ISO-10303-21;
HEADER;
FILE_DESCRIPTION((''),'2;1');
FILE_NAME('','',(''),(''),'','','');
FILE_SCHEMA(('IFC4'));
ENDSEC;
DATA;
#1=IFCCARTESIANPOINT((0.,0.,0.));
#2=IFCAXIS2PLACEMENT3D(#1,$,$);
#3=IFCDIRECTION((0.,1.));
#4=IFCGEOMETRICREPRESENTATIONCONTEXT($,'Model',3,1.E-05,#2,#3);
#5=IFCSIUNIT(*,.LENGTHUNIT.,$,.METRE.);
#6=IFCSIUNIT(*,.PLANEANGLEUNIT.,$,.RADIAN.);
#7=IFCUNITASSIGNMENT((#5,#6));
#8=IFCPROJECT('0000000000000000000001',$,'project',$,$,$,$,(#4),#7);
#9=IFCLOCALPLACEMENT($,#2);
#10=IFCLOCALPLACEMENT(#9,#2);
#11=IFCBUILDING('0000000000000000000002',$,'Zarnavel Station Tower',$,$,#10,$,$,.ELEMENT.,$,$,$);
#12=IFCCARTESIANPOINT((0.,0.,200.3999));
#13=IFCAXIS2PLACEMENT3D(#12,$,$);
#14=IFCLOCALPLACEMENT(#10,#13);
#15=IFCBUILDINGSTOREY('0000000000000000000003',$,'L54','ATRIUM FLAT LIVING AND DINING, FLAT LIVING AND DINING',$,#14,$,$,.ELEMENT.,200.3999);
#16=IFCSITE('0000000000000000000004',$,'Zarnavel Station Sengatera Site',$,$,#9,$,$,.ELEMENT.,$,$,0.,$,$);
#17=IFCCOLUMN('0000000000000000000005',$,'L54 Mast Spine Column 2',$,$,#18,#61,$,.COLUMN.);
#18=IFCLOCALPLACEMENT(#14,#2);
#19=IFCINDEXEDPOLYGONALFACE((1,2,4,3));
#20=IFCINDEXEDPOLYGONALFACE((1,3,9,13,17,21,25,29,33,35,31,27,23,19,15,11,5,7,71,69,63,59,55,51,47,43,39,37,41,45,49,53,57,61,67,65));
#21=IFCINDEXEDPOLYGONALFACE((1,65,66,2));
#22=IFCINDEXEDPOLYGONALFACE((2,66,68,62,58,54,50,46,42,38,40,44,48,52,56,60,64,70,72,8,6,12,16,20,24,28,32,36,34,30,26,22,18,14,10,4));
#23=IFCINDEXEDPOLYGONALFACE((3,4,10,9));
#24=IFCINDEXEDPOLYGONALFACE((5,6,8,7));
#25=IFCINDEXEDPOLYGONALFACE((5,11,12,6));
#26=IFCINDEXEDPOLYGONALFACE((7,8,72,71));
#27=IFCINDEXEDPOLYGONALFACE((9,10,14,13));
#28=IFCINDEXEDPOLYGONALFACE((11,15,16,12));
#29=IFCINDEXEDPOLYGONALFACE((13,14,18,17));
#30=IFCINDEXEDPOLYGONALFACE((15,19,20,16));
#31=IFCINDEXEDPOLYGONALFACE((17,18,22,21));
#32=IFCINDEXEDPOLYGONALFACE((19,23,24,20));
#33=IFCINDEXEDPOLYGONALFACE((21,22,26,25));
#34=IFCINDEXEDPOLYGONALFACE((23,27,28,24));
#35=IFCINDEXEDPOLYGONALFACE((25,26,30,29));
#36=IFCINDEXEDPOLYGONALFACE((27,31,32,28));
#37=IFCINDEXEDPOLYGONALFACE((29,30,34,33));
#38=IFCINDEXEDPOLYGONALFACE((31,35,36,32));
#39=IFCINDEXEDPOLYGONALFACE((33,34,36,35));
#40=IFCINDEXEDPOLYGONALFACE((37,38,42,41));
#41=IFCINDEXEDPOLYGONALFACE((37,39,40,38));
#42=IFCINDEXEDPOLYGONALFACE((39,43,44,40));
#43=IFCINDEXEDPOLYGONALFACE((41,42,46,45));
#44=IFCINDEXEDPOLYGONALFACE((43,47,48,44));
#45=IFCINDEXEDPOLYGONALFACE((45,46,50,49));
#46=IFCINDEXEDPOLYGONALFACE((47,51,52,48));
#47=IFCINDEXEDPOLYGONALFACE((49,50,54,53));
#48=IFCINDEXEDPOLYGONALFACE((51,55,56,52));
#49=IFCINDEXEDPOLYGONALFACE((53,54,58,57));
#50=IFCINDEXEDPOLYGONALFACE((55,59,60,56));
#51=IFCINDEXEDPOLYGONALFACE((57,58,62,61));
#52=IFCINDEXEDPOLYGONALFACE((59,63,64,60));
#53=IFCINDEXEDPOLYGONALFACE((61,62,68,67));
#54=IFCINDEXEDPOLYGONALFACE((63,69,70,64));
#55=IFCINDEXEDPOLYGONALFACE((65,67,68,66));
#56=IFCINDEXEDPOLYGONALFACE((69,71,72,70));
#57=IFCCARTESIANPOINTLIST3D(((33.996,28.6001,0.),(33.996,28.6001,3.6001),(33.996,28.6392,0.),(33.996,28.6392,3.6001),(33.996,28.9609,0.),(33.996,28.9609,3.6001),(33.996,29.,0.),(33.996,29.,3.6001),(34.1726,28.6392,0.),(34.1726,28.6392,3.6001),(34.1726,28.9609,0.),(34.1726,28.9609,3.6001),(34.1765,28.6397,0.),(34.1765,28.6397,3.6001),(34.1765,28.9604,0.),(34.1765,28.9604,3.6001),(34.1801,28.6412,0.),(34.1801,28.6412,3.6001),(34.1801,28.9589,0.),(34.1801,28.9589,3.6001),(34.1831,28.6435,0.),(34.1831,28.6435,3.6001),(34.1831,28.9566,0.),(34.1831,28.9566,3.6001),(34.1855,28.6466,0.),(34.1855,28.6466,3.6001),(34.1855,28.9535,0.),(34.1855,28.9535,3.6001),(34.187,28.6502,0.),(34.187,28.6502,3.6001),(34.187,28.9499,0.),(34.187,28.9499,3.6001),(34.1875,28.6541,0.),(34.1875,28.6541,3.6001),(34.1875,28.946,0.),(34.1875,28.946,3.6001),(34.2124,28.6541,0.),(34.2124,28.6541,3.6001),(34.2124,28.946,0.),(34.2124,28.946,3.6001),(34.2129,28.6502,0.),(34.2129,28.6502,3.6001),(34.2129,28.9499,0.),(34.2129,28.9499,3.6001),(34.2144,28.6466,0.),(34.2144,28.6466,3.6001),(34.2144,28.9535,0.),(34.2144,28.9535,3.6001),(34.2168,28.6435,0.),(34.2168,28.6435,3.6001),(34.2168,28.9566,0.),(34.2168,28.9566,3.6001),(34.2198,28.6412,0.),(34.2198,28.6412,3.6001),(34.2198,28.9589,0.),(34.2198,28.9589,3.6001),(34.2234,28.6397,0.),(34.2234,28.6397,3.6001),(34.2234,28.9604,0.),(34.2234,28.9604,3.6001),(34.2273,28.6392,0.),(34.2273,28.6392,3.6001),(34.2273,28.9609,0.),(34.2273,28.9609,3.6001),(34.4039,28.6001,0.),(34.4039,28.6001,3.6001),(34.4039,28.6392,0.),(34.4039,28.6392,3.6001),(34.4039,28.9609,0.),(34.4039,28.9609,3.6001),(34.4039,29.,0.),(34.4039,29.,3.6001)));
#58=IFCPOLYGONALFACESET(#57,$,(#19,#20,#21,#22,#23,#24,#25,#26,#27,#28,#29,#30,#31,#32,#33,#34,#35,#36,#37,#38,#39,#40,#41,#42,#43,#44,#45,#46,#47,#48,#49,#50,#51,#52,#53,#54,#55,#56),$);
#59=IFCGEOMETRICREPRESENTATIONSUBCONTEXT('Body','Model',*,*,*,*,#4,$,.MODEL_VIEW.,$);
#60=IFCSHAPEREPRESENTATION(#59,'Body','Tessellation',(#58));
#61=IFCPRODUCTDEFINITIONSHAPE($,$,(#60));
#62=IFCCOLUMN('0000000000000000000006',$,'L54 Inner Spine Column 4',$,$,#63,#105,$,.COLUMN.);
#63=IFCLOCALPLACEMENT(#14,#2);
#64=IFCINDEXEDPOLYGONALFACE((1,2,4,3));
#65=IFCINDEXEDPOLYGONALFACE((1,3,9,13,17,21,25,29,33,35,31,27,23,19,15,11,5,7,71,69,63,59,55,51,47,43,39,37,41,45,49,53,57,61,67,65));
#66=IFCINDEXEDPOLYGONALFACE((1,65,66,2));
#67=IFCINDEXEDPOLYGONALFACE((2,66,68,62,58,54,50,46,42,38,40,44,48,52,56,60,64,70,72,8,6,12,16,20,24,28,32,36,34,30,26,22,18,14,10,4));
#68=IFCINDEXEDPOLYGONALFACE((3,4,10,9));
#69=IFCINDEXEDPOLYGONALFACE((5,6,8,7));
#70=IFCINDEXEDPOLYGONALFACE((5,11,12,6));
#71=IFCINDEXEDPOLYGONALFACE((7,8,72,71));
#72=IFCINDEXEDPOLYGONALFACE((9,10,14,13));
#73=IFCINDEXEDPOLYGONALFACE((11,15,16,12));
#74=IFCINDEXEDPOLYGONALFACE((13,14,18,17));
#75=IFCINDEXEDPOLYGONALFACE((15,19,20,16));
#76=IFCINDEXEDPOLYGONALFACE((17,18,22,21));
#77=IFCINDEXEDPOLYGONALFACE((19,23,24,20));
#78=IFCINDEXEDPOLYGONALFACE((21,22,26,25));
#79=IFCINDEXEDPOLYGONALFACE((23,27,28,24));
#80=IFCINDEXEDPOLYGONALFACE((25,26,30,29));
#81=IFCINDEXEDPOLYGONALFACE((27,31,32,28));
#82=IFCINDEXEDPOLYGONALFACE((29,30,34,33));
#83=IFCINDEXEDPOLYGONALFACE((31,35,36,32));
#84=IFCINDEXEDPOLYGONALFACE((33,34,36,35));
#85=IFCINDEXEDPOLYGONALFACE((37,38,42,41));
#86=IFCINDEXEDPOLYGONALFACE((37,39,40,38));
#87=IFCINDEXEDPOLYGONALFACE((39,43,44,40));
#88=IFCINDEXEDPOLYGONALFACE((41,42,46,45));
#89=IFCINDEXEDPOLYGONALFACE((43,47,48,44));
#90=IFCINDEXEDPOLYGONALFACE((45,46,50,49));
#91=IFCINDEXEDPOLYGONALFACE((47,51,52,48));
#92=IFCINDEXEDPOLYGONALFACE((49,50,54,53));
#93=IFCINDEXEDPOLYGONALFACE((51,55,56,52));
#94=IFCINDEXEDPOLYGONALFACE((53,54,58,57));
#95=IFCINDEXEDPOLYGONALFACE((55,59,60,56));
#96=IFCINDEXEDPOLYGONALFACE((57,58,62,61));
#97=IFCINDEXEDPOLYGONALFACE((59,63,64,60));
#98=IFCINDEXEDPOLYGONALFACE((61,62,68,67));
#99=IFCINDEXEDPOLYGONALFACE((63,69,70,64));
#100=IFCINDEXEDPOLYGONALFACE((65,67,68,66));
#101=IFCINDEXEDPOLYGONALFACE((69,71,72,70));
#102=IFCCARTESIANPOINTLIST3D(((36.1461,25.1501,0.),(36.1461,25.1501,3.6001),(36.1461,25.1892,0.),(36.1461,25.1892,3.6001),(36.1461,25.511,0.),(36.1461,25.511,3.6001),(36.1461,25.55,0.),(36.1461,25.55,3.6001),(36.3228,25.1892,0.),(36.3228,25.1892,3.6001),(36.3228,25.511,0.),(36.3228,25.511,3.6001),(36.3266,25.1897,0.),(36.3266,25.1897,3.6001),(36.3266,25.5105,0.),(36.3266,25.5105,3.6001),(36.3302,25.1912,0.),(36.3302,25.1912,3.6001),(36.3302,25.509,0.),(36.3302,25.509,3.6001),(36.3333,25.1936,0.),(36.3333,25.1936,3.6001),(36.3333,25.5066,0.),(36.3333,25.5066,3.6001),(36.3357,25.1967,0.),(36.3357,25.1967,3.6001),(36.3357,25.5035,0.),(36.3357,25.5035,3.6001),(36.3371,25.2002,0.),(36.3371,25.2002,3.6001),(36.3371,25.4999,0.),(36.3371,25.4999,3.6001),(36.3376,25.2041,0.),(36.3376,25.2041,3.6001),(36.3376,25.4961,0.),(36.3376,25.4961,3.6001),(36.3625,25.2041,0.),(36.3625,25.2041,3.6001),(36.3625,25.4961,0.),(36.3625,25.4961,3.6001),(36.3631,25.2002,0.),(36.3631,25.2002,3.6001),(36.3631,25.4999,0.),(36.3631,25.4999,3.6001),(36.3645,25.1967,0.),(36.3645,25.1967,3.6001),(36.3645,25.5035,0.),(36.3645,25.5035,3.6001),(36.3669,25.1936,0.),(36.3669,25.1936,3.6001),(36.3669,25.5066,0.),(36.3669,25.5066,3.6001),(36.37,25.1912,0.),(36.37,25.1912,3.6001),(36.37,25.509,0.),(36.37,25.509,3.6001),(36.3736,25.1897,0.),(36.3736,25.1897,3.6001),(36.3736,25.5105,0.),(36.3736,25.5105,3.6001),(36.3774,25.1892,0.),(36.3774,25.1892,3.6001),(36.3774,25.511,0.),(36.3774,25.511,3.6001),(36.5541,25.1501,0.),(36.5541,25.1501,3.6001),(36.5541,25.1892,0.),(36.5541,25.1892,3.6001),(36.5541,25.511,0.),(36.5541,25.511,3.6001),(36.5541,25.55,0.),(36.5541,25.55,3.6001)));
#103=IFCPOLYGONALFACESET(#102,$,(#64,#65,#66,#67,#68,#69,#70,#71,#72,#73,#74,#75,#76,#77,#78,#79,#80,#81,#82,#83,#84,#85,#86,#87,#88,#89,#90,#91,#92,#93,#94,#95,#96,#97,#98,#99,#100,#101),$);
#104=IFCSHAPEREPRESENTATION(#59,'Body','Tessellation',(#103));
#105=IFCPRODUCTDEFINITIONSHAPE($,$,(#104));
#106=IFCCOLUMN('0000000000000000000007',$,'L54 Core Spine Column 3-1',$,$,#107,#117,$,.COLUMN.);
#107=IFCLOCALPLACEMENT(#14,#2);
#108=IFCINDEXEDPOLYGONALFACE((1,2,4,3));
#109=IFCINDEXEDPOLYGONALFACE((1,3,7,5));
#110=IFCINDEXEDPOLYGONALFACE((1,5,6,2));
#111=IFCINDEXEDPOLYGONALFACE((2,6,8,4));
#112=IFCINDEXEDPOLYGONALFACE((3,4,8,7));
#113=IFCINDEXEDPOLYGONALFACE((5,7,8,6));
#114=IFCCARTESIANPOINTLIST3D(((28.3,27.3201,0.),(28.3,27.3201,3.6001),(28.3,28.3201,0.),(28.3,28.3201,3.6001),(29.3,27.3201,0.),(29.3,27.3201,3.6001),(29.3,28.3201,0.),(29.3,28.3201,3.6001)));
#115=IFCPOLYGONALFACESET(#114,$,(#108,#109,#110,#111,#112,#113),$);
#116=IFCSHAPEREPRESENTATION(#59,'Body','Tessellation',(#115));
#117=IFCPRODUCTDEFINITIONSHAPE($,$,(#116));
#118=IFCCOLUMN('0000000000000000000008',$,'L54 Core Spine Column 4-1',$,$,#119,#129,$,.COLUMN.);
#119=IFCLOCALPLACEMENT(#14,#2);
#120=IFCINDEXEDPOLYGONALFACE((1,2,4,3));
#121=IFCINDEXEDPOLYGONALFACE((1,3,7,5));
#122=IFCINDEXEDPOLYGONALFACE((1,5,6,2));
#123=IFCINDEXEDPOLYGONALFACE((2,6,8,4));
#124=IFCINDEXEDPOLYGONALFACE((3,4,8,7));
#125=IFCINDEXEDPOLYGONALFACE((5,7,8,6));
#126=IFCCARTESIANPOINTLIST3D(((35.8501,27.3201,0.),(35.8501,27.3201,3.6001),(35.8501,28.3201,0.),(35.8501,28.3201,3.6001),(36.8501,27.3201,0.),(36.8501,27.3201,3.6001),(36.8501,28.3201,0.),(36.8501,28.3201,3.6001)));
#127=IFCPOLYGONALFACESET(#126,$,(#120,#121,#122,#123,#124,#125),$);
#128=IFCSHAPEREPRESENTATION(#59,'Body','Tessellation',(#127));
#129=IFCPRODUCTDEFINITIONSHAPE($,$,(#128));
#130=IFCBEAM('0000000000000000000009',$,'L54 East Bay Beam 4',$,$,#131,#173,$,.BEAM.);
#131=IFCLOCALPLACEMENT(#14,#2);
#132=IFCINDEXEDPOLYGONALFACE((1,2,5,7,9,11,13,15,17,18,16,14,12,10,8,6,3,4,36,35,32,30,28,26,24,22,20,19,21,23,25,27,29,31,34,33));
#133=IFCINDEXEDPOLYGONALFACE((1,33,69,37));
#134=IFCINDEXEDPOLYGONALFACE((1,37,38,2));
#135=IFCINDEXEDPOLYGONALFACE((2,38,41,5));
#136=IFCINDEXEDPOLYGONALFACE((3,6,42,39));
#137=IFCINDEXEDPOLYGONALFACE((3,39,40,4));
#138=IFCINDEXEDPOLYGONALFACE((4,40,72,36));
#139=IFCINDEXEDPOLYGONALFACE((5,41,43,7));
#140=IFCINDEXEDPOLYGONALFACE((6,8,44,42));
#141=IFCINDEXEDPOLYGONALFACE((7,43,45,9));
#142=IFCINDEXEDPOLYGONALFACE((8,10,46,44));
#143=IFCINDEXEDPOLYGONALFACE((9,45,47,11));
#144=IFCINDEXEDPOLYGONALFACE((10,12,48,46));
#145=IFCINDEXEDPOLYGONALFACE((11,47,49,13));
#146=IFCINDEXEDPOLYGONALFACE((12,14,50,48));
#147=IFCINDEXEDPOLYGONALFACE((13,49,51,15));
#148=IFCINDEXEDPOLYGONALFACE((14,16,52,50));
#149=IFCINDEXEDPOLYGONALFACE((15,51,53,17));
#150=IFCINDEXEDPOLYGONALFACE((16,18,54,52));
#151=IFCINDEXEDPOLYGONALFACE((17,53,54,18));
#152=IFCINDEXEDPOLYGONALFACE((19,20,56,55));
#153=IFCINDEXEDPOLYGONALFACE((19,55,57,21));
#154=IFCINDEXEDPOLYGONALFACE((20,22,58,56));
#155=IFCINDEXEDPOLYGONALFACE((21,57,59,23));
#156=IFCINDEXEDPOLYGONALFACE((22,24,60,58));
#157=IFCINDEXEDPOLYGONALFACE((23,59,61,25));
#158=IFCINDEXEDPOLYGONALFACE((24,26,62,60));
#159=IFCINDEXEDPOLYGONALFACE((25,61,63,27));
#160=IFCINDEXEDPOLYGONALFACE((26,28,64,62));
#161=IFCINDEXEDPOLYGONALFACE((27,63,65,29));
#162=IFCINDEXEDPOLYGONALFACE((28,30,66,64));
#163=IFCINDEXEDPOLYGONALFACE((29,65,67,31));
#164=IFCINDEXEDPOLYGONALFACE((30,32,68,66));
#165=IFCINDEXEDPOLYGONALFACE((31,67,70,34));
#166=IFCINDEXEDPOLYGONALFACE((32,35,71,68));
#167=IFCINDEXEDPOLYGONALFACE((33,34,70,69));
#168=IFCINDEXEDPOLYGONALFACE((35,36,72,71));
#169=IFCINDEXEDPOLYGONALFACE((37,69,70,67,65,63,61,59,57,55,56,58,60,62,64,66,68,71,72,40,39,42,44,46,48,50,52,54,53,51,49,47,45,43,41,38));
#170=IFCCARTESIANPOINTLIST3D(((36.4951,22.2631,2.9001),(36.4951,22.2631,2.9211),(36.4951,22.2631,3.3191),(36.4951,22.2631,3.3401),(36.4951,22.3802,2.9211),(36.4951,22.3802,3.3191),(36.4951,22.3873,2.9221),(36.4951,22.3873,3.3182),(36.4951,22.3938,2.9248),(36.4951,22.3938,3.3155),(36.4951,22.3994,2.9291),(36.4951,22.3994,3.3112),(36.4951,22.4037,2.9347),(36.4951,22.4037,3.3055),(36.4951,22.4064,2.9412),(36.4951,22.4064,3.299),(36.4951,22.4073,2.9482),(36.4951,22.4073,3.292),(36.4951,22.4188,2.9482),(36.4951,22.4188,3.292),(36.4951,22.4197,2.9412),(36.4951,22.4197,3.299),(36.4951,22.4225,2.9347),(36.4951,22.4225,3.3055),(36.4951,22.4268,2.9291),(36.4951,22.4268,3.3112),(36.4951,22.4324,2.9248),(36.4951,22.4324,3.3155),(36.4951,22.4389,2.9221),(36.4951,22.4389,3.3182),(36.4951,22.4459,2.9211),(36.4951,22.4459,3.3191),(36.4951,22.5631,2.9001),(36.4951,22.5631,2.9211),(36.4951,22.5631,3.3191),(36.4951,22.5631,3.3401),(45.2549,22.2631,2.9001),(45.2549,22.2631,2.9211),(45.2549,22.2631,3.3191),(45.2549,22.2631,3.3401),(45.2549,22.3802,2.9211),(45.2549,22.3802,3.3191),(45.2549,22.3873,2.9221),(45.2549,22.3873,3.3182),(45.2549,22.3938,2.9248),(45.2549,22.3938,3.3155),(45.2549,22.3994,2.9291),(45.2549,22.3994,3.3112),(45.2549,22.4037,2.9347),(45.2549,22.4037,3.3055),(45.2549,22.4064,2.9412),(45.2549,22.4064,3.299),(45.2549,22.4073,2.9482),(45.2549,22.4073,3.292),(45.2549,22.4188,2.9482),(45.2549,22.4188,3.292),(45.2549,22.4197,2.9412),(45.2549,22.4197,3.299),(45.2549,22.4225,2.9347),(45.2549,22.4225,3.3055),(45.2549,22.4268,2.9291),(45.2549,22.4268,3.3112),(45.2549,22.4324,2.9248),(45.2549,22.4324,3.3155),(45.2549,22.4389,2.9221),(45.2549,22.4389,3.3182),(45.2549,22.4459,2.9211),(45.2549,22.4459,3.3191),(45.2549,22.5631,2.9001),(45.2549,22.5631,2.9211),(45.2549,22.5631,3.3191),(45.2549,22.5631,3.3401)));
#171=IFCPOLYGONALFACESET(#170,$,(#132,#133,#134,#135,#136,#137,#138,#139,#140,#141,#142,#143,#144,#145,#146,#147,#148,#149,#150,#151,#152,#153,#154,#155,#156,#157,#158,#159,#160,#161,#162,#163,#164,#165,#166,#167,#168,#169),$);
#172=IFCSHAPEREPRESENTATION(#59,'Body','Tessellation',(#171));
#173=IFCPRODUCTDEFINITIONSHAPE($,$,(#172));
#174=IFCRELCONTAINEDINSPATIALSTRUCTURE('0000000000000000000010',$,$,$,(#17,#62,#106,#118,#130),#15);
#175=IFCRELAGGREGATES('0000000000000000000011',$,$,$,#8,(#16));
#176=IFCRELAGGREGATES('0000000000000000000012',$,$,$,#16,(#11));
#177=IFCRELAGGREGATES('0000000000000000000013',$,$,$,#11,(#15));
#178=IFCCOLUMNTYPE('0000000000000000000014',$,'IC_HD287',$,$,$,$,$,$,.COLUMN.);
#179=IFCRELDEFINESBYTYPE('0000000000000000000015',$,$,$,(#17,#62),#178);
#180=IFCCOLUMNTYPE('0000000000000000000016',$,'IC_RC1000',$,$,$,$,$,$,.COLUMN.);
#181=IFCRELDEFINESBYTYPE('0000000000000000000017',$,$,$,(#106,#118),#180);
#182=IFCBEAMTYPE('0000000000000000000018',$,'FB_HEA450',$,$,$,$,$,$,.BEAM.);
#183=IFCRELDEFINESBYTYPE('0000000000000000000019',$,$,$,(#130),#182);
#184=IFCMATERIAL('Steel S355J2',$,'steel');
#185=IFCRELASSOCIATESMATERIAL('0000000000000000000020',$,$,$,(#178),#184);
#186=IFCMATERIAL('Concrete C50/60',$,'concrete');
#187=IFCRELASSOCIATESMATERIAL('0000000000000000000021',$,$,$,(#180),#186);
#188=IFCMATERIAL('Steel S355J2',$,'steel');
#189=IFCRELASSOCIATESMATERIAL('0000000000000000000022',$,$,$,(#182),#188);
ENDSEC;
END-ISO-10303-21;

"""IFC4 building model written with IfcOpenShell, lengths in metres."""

from ifc_helpers import new_model, si_unit, direction, frame, origin, origin_2d, place, context, subcontext, project, spatial, rectangle, i_section, extrude, material, material_profile, profile_set, type_object, element, save


model = new_model("IFC4")

# Units and contexts
model_context = context("Model", 3, precision=1e-05, world=origin(), true_north=direction((0.0, 1.0)))
body_context = subcontext(model_context, "Body", "Model", "MODEL_VIEW")
ifc_project = project(units=[si_unit("LENGTHUNIT", "METRE"), si_unit("PLANEANGLEUNIT", "RADIAN")], contexts=[model_context])

# Site, building, storey
site_placement = place(None, origin())
site = spatial("IfcSite", under=ifc_project, at=site_placement, Name="Zarnavel Station Sengatera Site", CompositionType="ELEMENT", RefElevation=0.0)
building_placement = place(site_placement, origin())
building = spatial("IfcBuilding", under=site, at=building_placement, Name="Zarnavel Station Tower", CompositionType="ELEMENT")
storey_placement = place(building_placement, frame((0.0, 0.0, 200.3999)))
storey = spatial("IfcBuildingStorey", under=building, at=storey_placement, Name="L54", Description="ATRIUM FLAT LIVING AND DINING, FLAT LIVING AND DINING", CompositionType="ELEMENT", Elevation=200.3999)

# Columns
ifc_material_1 = material(Name="Steel S355J2", Category="steel")
ifc_material_profile_1 = material_profile(ifc_material_1, i_section(OverallWidth=0.408, OverallDepth=0.3999, WebThickness=0.0249, FlangeThickness=0.0391, FilletRadius=0.0149, at=origin_2d()), Name="HD400x287")
ifc_profile_set_1 = profile_set([ifc_material_profile_1], Name="Steel S355J2")
column_type_1 = type_object("IfcColumnType", Name="IC_HD287", PredefinedType="COLUMN", material=ifc_profile_set_1)
for number, where, z_axis, x_axis, name in (
    (1, (34.2, 28.8, 0.0), (0.0, 0.0, 1.0), (1.0, 0.0, 0.0), "L54 Mast Spine Column 2"),
    (2, (36.3501, 25.3501, 0.0), (0.0, 0.0, 1.0), (1.0, 0.0, 0.0), "L54 Inner Spine Column 4"),
):
    element("IfcColumn", number, at=place(storey_placement, frame(where, z_axis=z_axis, x_axis=x_axis)), inside=storey, type_object=column_type_1, Name=name, PredefinedType="COLUMN", context=body_context, shape_type="SweptSolid", body=[
        extrude(i_section(OverallWidth=0.408, OverallDepth=0.3999, WebThickness=0.0249, FlangeThickness=0.0391, FilletRadius=0.0149, at=origin_2d()), origin(), (0.0, 0.0, 1.0), 3.6001),
    ])
ifc_material_2 = material(Name="Concrete C50/60", Category="concrete")
ifc_material_profile_2 = material_profile(ifc_material_2, rectangle(XDim=1.0, YDim=1.0, at=origin_2d()), Name="RC1000x1000")
ifc_profile_set_2 = profile_set([ifc_material_profile_2], Name="Concrete C50/60")
column_type_2 = type_object("IfcColumnType", Name="IC_RC1000", PredefinedType="COLUMN", material=ifc_profile_set_2)
for number, where, z_axis, x_axis, name in (
    (3, (28.8, 27.8201, 0.0), (0.0, 0.0, 1.0), (1.0, 0.0, 0.0), "L54 Core Spine Column 3-1"),
    (4, (36.3501, 27.8201, 0.0), (0.0, 0.0, 1.0), (1.0, 0.0, 0.0), "L54 Core Spine Column 4-1"),
):
    element("IfcColumn", number, at=place(storey_placement, frame(where, z_axis=z_axis, x_axis=x_axis)), inside=storey, type_object=column_type_2, Name=name, PredefinedType="COLUMN", context=body_context, shape_type="SweptSolid", body=[
        extrude(rectangle(XDim=1.0, YDim=1.0, at=origin_2d()), origin(), (0.0, 0.0, 1.0), 3.6001),
    ])

# Beam
ifc_material_3 = material(Name="Steel S355J2", Category="steel")
ifc_material_profile_3 = material_profile(ifc_material_3, i_section(OverallWidth=0.3, OverallDepth=0.4399, WebThickness=0.0115, FlangeThickness=0.021, FilletRadius=0.0271, at=origin_2d()), Name="HEA450")
ifc_profile_set_3 = profile_set([ifc_material_profile_3], Name="Steel S355J2")
beam_type_1 = type_object("IfcBeamType", Name="FB_HEA450", PredefinedType="BEAM", material=ifc_profile_set_3)
beam_1_placement = place(storey_placement, frame((36.4951, 22.4131, 3.1201), z_axis=(1.0, 0.0, 0.0), x_axis=(0.0, 1.0, 0.0)))
element("IfcBeam", 5, at=beam_1_placement, inside=storey, type_object=beam_type_1, Name="L54 East Bay Beam 4", PredefinedType="BEAM", context=body_context, shape_type="SweptSolid", body=[
    extrude(i_section(OverallWidth=0.3, OverallDepth=0.4399, WebThickness=0.0115, FlangeThickness=0.021, FilletRadius=0.0271, at=origin_2d()), origin(), (0.0, 0.0, 1.0), 8.7598),
])

save(model, "model.ifc")
